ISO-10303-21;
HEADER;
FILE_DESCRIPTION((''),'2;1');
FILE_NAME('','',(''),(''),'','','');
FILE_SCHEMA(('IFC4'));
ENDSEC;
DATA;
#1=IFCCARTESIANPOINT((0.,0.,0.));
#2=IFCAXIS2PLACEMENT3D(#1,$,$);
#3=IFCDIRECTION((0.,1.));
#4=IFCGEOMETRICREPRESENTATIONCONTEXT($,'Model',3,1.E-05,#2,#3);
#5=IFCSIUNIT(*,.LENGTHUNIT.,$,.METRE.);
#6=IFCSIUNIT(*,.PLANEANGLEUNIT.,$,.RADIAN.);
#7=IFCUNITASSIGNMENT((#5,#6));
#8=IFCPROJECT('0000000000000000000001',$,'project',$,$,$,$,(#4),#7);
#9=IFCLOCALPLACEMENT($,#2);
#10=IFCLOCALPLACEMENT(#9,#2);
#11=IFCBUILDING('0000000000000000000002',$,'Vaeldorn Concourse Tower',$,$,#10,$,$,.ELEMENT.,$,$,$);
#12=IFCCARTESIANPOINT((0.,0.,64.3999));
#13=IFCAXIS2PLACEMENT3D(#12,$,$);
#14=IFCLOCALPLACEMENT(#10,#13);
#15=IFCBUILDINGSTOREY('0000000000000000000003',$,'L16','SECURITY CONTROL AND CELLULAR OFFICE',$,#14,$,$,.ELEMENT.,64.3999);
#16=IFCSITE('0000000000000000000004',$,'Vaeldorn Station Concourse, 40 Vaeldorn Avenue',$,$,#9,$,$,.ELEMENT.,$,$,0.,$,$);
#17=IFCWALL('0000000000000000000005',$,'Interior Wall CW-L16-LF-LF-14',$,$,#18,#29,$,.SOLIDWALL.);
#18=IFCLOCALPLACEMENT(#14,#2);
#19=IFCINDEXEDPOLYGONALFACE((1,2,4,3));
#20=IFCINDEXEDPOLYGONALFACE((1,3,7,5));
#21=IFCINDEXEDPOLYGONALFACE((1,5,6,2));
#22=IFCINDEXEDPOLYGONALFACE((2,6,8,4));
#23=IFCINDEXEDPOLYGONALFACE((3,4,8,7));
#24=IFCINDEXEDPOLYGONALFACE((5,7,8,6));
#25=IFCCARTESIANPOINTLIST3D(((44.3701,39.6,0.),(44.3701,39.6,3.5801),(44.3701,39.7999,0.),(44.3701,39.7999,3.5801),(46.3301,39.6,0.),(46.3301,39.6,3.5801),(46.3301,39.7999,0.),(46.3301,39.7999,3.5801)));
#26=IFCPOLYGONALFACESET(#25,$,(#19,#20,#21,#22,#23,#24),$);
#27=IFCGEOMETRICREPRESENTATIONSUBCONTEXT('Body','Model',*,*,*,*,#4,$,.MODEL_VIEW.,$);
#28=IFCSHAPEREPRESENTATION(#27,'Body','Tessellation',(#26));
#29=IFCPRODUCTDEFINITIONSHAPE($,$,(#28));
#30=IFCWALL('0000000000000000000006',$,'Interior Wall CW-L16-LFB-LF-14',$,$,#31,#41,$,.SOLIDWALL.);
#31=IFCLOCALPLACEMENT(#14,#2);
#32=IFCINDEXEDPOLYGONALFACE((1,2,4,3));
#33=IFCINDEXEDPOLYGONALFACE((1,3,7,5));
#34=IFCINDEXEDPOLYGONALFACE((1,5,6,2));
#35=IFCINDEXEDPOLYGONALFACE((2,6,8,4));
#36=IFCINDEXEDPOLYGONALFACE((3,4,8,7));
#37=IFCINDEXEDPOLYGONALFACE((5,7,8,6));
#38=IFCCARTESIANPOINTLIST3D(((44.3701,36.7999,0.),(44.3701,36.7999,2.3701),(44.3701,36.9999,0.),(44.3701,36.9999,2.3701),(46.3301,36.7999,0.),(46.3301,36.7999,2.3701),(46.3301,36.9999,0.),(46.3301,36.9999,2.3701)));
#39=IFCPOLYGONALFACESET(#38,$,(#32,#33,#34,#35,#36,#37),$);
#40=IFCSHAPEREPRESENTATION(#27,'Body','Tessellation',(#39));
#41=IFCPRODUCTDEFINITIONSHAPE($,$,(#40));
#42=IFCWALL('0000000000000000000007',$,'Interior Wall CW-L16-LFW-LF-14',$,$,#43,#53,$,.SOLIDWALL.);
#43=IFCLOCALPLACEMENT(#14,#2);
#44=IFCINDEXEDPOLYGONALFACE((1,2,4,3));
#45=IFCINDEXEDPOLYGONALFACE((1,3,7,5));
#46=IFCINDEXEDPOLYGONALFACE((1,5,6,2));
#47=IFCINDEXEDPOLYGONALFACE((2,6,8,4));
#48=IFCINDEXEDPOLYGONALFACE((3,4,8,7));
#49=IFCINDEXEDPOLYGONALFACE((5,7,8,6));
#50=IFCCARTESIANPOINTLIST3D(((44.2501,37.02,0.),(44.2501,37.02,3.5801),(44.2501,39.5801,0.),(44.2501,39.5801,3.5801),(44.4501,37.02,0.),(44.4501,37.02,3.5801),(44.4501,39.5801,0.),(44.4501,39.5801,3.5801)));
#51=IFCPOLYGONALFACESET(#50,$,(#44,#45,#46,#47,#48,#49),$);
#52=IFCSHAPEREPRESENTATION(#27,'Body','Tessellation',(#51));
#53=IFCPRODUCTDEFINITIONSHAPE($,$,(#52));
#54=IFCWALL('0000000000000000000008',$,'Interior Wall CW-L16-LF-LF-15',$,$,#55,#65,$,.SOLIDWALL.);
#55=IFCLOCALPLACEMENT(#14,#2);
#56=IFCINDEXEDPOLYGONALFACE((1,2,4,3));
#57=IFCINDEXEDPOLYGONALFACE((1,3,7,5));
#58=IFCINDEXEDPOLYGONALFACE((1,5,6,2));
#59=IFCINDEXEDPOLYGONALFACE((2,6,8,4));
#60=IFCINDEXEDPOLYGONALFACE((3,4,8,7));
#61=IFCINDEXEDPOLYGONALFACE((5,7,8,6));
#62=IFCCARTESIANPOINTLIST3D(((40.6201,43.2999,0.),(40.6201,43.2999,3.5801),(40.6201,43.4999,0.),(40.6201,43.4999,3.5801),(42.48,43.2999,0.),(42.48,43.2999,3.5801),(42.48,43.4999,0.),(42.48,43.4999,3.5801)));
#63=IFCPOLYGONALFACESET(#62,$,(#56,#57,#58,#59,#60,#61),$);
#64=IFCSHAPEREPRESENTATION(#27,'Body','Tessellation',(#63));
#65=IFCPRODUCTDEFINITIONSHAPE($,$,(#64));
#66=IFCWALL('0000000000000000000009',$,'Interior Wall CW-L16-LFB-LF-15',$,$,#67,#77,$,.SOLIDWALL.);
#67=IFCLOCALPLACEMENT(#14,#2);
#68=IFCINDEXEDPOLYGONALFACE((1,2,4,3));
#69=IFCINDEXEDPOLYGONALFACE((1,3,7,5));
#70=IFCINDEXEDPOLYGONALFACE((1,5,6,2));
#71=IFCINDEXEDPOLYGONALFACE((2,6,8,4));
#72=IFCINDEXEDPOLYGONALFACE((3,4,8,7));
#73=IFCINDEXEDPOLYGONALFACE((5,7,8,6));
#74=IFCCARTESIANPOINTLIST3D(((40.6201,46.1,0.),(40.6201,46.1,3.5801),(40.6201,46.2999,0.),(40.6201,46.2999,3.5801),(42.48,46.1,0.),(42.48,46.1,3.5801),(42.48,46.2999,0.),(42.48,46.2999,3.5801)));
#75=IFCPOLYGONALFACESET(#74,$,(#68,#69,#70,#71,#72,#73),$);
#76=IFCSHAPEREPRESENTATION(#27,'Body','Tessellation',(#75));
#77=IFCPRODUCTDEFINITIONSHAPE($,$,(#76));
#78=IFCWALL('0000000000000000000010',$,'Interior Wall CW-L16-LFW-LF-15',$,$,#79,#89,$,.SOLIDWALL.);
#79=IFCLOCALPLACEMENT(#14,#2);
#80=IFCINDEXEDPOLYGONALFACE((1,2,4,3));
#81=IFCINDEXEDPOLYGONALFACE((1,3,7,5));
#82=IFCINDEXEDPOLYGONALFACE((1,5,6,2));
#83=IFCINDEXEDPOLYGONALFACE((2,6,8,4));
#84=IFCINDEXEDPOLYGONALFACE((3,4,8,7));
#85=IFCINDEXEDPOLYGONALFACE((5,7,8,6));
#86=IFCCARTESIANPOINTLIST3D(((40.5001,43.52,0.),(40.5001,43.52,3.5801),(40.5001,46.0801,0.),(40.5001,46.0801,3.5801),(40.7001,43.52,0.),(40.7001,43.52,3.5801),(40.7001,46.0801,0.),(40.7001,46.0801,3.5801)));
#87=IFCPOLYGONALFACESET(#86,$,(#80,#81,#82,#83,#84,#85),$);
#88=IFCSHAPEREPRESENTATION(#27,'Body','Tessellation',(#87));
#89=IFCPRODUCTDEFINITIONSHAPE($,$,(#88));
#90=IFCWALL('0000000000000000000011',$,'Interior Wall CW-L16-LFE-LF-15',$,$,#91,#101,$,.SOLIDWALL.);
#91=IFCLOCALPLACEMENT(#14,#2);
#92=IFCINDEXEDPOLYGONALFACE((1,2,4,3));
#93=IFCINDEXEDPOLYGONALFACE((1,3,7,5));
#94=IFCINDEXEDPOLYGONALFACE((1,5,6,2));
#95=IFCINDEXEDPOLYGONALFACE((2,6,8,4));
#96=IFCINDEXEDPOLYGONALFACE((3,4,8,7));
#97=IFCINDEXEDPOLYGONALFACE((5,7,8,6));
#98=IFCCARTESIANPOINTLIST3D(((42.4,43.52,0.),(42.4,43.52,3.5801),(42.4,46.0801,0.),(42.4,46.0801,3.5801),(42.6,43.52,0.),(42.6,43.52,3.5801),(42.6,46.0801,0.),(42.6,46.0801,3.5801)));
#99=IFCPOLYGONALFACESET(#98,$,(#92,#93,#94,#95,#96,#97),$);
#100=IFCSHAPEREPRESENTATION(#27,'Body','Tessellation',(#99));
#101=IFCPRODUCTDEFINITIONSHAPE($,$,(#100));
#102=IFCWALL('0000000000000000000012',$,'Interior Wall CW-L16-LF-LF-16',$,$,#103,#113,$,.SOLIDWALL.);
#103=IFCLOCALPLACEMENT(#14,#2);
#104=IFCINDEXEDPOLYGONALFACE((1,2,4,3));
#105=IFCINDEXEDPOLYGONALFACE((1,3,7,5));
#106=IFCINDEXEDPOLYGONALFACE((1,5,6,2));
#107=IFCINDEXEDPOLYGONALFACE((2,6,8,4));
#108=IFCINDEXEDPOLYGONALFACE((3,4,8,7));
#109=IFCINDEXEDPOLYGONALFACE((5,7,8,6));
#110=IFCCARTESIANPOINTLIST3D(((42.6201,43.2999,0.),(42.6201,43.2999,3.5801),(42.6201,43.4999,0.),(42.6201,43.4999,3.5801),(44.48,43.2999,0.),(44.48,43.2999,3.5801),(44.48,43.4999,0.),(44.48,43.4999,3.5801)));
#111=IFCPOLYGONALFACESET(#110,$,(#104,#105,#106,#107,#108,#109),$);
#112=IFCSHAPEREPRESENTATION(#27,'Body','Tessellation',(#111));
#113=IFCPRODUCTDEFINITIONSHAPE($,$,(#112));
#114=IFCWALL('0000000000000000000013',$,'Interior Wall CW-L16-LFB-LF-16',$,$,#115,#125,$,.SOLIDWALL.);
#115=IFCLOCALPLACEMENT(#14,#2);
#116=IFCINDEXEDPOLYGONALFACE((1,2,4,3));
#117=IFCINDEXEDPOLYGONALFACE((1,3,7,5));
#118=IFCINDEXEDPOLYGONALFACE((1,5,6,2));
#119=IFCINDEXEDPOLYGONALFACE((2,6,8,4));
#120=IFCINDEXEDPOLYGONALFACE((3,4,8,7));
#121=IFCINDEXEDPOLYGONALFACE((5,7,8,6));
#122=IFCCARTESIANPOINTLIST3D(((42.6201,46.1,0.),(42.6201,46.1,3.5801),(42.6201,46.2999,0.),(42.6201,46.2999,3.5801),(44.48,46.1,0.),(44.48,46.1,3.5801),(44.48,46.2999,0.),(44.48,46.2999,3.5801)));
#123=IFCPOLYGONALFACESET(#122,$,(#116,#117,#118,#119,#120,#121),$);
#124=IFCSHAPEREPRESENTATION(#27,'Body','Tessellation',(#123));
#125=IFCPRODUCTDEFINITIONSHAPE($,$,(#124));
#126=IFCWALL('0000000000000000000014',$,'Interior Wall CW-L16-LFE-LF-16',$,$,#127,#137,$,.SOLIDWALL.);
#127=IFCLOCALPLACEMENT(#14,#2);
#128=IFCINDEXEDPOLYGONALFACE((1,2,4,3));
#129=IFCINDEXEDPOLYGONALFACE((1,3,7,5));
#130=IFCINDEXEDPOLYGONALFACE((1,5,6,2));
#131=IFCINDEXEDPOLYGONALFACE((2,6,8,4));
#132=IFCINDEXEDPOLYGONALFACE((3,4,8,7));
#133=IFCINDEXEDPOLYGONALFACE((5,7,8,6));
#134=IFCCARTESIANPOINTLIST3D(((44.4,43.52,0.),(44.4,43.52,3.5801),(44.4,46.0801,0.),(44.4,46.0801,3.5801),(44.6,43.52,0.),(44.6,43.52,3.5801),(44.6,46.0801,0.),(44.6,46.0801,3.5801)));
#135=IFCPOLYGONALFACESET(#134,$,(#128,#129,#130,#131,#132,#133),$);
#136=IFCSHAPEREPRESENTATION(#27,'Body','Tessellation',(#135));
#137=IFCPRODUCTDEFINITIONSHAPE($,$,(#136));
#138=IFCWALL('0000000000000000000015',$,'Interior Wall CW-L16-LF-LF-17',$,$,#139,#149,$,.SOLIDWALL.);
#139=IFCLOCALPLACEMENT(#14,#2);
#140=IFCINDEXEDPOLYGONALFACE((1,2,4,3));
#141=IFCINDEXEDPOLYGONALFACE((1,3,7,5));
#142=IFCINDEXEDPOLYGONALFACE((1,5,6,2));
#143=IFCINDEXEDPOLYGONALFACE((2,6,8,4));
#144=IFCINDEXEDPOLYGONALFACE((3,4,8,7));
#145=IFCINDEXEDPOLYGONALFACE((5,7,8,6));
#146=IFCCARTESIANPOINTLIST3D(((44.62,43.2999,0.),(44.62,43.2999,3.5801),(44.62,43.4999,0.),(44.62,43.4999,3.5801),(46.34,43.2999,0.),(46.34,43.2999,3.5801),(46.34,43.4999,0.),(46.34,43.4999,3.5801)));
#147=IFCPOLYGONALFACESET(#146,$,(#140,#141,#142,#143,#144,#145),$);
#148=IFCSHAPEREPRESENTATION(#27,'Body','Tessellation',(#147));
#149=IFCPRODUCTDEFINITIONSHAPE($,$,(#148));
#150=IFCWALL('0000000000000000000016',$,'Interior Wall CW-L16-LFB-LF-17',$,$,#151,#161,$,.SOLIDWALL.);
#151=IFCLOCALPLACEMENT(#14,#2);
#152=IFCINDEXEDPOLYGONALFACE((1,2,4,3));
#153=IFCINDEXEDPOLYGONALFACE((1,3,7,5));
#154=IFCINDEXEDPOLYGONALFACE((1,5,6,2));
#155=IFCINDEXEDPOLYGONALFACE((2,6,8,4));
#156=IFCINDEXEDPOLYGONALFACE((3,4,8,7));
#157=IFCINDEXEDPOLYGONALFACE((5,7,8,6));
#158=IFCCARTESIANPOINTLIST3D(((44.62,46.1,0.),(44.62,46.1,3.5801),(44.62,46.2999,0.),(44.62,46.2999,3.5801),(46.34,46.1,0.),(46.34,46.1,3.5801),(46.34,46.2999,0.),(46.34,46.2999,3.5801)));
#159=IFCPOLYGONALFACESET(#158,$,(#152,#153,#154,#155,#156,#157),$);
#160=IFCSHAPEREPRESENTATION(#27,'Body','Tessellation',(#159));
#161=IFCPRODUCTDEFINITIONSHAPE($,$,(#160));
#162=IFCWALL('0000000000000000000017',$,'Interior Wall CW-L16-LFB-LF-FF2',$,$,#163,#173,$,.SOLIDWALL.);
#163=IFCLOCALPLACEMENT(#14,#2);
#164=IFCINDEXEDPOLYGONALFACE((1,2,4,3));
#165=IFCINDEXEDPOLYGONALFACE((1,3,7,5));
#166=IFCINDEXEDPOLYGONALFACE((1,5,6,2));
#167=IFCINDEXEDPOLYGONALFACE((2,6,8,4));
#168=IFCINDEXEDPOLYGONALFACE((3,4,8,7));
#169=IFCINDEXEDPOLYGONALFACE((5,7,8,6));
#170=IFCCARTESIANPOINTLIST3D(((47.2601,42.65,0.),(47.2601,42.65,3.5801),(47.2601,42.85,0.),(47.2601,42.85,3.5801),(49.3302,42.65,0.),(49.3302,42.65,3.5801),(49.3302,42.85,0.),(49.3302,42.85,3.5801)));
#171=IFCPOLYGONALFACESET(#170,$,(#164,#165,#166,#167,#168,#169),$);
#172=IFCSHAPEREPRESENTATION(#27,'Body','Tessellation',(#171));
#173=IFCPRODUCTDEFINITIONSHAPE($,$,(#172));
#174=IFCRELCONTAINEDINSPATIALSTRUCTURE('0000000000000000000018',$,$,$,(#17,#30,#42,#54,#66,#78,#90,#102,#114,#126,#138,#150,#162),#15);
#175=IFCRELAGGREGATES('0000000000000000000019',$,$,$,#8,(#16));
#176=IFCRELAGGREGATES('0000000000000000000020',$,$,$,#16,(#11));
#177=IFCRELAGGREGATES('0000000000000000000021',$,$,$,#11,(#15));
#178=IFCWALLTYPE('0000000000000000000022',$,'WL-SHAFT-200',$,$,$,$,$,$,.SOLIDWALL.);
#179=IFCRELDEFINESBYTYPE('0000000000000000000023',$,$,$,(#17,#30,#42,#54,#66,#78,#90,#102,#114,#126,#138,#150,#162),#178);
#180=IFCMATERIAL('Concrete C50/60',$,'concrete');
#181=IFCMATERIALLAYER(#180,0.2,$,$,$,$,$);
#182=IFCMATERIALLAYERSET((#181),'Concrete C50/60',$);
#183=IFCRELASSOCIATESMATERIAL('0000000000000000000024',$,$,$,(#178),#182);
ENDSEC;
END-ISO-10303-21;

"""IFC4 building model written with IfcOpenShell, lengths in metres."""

from ifc_helpers import new_model, si_unit, direction, frame, frame_2d, origin, place, context, subcontext, project, spatial, rectangle, extrude, material, layer, layer_set, type_object, element, save


model = new_model("IFC4")

# Units and contexts
model_context = context("Model", 3, precision=1e-05, world=origin(), true_north=direction((0.0, 1.0)))
body_context = subcontext(model_context, "Body", "Model", "MODEL_VIEW")
ifc_project = project(units=[si_unit("LENGTHUNIT", "METRE"), si_unit("PLANEANGLEUNIT", "RADIAN")], contexts=[model_context])

# Site, building, storey
site_placement = place(None, origin())
site = spatial("IfcSite", under=ifc_project, at=site_placement, Name="Vaeldorn Station Concourse, 40 Vaeldorn Avenue", CompositionType="ELEMENT", RefElevation=0.0)
building_placement = place(site_placement, origin())
building = spatial("IfcBuilding", under=site, at=building_placement, Name="Vaeldorn Concourse Tower", CompositionType="ELEMENT")
storey_placement = place(building_placement, frame((0.0, 0.0, 64.3999)))
storey = spatial("IfcBuildingStorey", under=building, at=storey_placement, Name="L16", Description="SECURITY CONTROL AND CELLULAR OFFICE", CompositionType="ELEMENT", Elevation=64.3999)

# Shared definitions
ifc_material_1 = material(Name="Concrete C50/60", Category="concrete")
ifc_layer_1 = layer(ifc_material_1, 0.2)
ifc_layer_set_1 = layer_set([ifc_layer_1], Name="Concrete C50/60")
wall_type_1 = type_object("IfcWallType", Name="WL-SHAFT-200", PredefinedType="SOLIDWALL", material=ifc_layer_set_1)

# Walls
wall_1_placement = place(storey_placement, frame((44.3701, 39.7, 0.0), z_axis=(0.0, 0.0, 1.0), x_axis=(1.0, 0.0, 0.0)))
element("IfcWall", 1, at=wall_1_placement, inside=storey, type_object=wall_type_1, Name="Interior Wall CW-L16-LF-LF-14", PredefinedType="SOLIDWALL", context=body_context, shape_type="SweptSolid", body=[
    extrude(rectangle(XDim=1.96, YDim=0.2, at=frame_2d((0.98, 0.0))), origin(), (0.0, 0.0, 1.0), 3.5801),
])
wall_2_placement = place(storey_placement, frame((44.3701, 36.8999, 0.0), z_axis=(0.0, 0.0, 1.0), x_axis=(1.0, 0.0, 0.0)))
element("IfcWall", 2, at=wall_2_placement, inside=storey, type_object=wall_type_1, Name="Interior Wall CW-L16-LFB-LF-14", PredefinedType="SOLIDWALL", context=body_context, shape_type="SweptSolid", body=[
    extrude(rectangle(XDim=1.96, YDim=0.2, at=frame_2d((0.98, 0.0))), origin(), (0.0, 0.0, 1.0), 2.3701),
])
wall_3_placement = place(storey_placement, frame((44.3501, 37.02, 0.0), z_axis=(0.0, 0.0, 1.0), x_axis=(0.0, 1.0, 0.0)))
element("IfcWall", 3, at=wall_3_placement, inside=storey, type_object=wall_type_1, Name="Interior Wall CW-L16-LFW-LF-14", PredefinedType="SOLIDWALL", context=body_context, shape_type="SweptSolid", body=[
    extrude(rectangle(XDim=2.5601, YDim=0.2, at=frame_2d((1.28, 0.0))), origin(), (0.0, 0.0, 1.0), 3.5801),
])
for number, where, z_axis, x_axis, name in (
    (4, (40.6201, 43.3999, 0.0), (0.0, 0.0, 1.0), (1.0, 0.0, 0.0), "Interior Wall CW-L16-LF-LF-15"),
    (5, (40.6201, 46.2, 0.0), (0.0, 0.0, 1.0), (1.0, 0.0, 0.0), "Interior Wall CW-L16-LFB-LF-15"),
):
    element("IfcWall", number, at=place(storey_placement, frame(where, z_axis=z_axis, x_axis=x_axis)), inside=storey, type_object=wall_type_1, Name=name, PredefinedType="SOLIDWALL", context=body_context, shape_type="SweptSolid", body=[
        extrude(rectangle(XDim=1.8599, YDim=0.2, at=frame_2d((0.9299, 0.0))), origin(), (0.0, 0.0, 1.0), 3.5801),
    ])
for number, where, z_axis, x_axis, name in (
    (6, (40.6001, 43.52, 0.0), (0.0, 0.0, 1.0), (0.0, 1.0, 0.0), "Interior Wall CW-L16-LFW-LF-15"),
    (7, (42.5, 43.52, 0.0), (0.0, 0.0, 1.0), (0.0, 1.0, 0.0), "Interior Wall CW-L16-LFE-LF-15"),
):
    element("IfcWall", number, at=place(storey_placement, frame(where, z_axis=z_axis, x_axis=x_axis)), inside=storey, type_object=wall_type_1, Name=name, PredefinedType="SOLIDWALL", context=body_context, shape_type="SweptSolid", body=[
        extrude(rectangle(XDim=2.5601, YDim=0.2, at=frame_2d((1.28, 0.0))), origin(), (0.0, 0.0, 1.0), 3.5801),
    ])
for number, where, z_axis, x_axis, name in (
    (8, (42.6201, 43.3999, 0.0), (0.0, 0.0, 1.0), (1.0, 0.0, 0.0), "Interior Wall CW-L16-LF-LF-16"),
    (9, (42.6201, 46.2, 0.0), (0.0, 0.0, 1.0), (1.0, 0.0, 0.0), "Interior Wall CW-L16-LFB-LF-16"),
):
    element("IfcWall", number, at=place(storey_placement, frame(where, z_axis=z_axis, x_axis=x_axis)), inside=storey, type_object=wall_type_1, Name=name, PredefinedType="SOLIDWALL", context=body_context, shape_type="SweptSolid", body=[
        extrude(rectangle(XDim=1.8599, YDim=0.2, at=frame_2d((0.9299, 0.0))), origin(), (0.0, 0.0, 1.0), 3.5801),
    ])
wall_4_placement = place(storey_placement, frame((44.5, 43.52, 0.0), z_axis=(0.0, 0.0, 1.0), x_axis=(0.0, 1.0, 0.0)))
element("IfcWall", 10, at=wall_4_placement, inside=storey, type_object=wall_type_1, Name="Interior Wall CW-L16-LFE-LF-16", PredefinedType="SOLIDWALL", context=body_context, shape_type="SweptSolid", body=[
    extrude(rectangle(XDim=2.5601, YDim=0.2, at=frame_2d((1.28, 0.0))), origin(), (0.0, 0.0, 1.0), 3.5801),
])
for number, where, z_axis, x_axis, name in (
    (11, (44.6201, 43.3999, 0.0), (0.0, 0.0, 1.0), (1.0, 0.0, 0.0), "Interior Wall CW-L16-LF-LF-17"),
    (12, (44.6201, 46.2, 0.0), (0.0, 0.0, 1.0), (1.0, 0.0, 0.0), "Interior Wall CW-L16-LFB-LF-17"),
):
    element("IfcWall", number, at=place(storey_placement, frame(where, z_axis=z_axis, x_axis=x_axis)), inside=storey, type_object=wall_type_1, Name=name, PredefinedType="SOLIDWALL", context=body_context, shape_type="SweptSolid", body=[
        extrude(rectangle(XDim=1.72, YDim=0.2, at=frame_2d((0.8599, 0.0))), origin(), (0.0, 0.0, 1.0), 3.5801),
    ])

# Wall
wall_5_placement = place(storey_placement, frame((47.26, 42.75, 0.0), z_axis=(0.0, 0.0, 1.0), x_axis=(1.0, 0.0, 0.0)))
element("IfcWall", 13, at=wall_5_placement, inside=storey, type_object=wall_type_1, Name="Interior Wall CW-L16-LFB-LF-FF2", PredefinedType="SOLIDWALL", context=body_context, shape_type="SweptSolid", body=[
    extrude(rectangle(XDim=2.0701, YDim=0.2, at=frame_2d((1.0352, 0.0))), origin(), (0.0, 0.0, 1.0), 3.5801),
])

save(model, "model.ifc")
